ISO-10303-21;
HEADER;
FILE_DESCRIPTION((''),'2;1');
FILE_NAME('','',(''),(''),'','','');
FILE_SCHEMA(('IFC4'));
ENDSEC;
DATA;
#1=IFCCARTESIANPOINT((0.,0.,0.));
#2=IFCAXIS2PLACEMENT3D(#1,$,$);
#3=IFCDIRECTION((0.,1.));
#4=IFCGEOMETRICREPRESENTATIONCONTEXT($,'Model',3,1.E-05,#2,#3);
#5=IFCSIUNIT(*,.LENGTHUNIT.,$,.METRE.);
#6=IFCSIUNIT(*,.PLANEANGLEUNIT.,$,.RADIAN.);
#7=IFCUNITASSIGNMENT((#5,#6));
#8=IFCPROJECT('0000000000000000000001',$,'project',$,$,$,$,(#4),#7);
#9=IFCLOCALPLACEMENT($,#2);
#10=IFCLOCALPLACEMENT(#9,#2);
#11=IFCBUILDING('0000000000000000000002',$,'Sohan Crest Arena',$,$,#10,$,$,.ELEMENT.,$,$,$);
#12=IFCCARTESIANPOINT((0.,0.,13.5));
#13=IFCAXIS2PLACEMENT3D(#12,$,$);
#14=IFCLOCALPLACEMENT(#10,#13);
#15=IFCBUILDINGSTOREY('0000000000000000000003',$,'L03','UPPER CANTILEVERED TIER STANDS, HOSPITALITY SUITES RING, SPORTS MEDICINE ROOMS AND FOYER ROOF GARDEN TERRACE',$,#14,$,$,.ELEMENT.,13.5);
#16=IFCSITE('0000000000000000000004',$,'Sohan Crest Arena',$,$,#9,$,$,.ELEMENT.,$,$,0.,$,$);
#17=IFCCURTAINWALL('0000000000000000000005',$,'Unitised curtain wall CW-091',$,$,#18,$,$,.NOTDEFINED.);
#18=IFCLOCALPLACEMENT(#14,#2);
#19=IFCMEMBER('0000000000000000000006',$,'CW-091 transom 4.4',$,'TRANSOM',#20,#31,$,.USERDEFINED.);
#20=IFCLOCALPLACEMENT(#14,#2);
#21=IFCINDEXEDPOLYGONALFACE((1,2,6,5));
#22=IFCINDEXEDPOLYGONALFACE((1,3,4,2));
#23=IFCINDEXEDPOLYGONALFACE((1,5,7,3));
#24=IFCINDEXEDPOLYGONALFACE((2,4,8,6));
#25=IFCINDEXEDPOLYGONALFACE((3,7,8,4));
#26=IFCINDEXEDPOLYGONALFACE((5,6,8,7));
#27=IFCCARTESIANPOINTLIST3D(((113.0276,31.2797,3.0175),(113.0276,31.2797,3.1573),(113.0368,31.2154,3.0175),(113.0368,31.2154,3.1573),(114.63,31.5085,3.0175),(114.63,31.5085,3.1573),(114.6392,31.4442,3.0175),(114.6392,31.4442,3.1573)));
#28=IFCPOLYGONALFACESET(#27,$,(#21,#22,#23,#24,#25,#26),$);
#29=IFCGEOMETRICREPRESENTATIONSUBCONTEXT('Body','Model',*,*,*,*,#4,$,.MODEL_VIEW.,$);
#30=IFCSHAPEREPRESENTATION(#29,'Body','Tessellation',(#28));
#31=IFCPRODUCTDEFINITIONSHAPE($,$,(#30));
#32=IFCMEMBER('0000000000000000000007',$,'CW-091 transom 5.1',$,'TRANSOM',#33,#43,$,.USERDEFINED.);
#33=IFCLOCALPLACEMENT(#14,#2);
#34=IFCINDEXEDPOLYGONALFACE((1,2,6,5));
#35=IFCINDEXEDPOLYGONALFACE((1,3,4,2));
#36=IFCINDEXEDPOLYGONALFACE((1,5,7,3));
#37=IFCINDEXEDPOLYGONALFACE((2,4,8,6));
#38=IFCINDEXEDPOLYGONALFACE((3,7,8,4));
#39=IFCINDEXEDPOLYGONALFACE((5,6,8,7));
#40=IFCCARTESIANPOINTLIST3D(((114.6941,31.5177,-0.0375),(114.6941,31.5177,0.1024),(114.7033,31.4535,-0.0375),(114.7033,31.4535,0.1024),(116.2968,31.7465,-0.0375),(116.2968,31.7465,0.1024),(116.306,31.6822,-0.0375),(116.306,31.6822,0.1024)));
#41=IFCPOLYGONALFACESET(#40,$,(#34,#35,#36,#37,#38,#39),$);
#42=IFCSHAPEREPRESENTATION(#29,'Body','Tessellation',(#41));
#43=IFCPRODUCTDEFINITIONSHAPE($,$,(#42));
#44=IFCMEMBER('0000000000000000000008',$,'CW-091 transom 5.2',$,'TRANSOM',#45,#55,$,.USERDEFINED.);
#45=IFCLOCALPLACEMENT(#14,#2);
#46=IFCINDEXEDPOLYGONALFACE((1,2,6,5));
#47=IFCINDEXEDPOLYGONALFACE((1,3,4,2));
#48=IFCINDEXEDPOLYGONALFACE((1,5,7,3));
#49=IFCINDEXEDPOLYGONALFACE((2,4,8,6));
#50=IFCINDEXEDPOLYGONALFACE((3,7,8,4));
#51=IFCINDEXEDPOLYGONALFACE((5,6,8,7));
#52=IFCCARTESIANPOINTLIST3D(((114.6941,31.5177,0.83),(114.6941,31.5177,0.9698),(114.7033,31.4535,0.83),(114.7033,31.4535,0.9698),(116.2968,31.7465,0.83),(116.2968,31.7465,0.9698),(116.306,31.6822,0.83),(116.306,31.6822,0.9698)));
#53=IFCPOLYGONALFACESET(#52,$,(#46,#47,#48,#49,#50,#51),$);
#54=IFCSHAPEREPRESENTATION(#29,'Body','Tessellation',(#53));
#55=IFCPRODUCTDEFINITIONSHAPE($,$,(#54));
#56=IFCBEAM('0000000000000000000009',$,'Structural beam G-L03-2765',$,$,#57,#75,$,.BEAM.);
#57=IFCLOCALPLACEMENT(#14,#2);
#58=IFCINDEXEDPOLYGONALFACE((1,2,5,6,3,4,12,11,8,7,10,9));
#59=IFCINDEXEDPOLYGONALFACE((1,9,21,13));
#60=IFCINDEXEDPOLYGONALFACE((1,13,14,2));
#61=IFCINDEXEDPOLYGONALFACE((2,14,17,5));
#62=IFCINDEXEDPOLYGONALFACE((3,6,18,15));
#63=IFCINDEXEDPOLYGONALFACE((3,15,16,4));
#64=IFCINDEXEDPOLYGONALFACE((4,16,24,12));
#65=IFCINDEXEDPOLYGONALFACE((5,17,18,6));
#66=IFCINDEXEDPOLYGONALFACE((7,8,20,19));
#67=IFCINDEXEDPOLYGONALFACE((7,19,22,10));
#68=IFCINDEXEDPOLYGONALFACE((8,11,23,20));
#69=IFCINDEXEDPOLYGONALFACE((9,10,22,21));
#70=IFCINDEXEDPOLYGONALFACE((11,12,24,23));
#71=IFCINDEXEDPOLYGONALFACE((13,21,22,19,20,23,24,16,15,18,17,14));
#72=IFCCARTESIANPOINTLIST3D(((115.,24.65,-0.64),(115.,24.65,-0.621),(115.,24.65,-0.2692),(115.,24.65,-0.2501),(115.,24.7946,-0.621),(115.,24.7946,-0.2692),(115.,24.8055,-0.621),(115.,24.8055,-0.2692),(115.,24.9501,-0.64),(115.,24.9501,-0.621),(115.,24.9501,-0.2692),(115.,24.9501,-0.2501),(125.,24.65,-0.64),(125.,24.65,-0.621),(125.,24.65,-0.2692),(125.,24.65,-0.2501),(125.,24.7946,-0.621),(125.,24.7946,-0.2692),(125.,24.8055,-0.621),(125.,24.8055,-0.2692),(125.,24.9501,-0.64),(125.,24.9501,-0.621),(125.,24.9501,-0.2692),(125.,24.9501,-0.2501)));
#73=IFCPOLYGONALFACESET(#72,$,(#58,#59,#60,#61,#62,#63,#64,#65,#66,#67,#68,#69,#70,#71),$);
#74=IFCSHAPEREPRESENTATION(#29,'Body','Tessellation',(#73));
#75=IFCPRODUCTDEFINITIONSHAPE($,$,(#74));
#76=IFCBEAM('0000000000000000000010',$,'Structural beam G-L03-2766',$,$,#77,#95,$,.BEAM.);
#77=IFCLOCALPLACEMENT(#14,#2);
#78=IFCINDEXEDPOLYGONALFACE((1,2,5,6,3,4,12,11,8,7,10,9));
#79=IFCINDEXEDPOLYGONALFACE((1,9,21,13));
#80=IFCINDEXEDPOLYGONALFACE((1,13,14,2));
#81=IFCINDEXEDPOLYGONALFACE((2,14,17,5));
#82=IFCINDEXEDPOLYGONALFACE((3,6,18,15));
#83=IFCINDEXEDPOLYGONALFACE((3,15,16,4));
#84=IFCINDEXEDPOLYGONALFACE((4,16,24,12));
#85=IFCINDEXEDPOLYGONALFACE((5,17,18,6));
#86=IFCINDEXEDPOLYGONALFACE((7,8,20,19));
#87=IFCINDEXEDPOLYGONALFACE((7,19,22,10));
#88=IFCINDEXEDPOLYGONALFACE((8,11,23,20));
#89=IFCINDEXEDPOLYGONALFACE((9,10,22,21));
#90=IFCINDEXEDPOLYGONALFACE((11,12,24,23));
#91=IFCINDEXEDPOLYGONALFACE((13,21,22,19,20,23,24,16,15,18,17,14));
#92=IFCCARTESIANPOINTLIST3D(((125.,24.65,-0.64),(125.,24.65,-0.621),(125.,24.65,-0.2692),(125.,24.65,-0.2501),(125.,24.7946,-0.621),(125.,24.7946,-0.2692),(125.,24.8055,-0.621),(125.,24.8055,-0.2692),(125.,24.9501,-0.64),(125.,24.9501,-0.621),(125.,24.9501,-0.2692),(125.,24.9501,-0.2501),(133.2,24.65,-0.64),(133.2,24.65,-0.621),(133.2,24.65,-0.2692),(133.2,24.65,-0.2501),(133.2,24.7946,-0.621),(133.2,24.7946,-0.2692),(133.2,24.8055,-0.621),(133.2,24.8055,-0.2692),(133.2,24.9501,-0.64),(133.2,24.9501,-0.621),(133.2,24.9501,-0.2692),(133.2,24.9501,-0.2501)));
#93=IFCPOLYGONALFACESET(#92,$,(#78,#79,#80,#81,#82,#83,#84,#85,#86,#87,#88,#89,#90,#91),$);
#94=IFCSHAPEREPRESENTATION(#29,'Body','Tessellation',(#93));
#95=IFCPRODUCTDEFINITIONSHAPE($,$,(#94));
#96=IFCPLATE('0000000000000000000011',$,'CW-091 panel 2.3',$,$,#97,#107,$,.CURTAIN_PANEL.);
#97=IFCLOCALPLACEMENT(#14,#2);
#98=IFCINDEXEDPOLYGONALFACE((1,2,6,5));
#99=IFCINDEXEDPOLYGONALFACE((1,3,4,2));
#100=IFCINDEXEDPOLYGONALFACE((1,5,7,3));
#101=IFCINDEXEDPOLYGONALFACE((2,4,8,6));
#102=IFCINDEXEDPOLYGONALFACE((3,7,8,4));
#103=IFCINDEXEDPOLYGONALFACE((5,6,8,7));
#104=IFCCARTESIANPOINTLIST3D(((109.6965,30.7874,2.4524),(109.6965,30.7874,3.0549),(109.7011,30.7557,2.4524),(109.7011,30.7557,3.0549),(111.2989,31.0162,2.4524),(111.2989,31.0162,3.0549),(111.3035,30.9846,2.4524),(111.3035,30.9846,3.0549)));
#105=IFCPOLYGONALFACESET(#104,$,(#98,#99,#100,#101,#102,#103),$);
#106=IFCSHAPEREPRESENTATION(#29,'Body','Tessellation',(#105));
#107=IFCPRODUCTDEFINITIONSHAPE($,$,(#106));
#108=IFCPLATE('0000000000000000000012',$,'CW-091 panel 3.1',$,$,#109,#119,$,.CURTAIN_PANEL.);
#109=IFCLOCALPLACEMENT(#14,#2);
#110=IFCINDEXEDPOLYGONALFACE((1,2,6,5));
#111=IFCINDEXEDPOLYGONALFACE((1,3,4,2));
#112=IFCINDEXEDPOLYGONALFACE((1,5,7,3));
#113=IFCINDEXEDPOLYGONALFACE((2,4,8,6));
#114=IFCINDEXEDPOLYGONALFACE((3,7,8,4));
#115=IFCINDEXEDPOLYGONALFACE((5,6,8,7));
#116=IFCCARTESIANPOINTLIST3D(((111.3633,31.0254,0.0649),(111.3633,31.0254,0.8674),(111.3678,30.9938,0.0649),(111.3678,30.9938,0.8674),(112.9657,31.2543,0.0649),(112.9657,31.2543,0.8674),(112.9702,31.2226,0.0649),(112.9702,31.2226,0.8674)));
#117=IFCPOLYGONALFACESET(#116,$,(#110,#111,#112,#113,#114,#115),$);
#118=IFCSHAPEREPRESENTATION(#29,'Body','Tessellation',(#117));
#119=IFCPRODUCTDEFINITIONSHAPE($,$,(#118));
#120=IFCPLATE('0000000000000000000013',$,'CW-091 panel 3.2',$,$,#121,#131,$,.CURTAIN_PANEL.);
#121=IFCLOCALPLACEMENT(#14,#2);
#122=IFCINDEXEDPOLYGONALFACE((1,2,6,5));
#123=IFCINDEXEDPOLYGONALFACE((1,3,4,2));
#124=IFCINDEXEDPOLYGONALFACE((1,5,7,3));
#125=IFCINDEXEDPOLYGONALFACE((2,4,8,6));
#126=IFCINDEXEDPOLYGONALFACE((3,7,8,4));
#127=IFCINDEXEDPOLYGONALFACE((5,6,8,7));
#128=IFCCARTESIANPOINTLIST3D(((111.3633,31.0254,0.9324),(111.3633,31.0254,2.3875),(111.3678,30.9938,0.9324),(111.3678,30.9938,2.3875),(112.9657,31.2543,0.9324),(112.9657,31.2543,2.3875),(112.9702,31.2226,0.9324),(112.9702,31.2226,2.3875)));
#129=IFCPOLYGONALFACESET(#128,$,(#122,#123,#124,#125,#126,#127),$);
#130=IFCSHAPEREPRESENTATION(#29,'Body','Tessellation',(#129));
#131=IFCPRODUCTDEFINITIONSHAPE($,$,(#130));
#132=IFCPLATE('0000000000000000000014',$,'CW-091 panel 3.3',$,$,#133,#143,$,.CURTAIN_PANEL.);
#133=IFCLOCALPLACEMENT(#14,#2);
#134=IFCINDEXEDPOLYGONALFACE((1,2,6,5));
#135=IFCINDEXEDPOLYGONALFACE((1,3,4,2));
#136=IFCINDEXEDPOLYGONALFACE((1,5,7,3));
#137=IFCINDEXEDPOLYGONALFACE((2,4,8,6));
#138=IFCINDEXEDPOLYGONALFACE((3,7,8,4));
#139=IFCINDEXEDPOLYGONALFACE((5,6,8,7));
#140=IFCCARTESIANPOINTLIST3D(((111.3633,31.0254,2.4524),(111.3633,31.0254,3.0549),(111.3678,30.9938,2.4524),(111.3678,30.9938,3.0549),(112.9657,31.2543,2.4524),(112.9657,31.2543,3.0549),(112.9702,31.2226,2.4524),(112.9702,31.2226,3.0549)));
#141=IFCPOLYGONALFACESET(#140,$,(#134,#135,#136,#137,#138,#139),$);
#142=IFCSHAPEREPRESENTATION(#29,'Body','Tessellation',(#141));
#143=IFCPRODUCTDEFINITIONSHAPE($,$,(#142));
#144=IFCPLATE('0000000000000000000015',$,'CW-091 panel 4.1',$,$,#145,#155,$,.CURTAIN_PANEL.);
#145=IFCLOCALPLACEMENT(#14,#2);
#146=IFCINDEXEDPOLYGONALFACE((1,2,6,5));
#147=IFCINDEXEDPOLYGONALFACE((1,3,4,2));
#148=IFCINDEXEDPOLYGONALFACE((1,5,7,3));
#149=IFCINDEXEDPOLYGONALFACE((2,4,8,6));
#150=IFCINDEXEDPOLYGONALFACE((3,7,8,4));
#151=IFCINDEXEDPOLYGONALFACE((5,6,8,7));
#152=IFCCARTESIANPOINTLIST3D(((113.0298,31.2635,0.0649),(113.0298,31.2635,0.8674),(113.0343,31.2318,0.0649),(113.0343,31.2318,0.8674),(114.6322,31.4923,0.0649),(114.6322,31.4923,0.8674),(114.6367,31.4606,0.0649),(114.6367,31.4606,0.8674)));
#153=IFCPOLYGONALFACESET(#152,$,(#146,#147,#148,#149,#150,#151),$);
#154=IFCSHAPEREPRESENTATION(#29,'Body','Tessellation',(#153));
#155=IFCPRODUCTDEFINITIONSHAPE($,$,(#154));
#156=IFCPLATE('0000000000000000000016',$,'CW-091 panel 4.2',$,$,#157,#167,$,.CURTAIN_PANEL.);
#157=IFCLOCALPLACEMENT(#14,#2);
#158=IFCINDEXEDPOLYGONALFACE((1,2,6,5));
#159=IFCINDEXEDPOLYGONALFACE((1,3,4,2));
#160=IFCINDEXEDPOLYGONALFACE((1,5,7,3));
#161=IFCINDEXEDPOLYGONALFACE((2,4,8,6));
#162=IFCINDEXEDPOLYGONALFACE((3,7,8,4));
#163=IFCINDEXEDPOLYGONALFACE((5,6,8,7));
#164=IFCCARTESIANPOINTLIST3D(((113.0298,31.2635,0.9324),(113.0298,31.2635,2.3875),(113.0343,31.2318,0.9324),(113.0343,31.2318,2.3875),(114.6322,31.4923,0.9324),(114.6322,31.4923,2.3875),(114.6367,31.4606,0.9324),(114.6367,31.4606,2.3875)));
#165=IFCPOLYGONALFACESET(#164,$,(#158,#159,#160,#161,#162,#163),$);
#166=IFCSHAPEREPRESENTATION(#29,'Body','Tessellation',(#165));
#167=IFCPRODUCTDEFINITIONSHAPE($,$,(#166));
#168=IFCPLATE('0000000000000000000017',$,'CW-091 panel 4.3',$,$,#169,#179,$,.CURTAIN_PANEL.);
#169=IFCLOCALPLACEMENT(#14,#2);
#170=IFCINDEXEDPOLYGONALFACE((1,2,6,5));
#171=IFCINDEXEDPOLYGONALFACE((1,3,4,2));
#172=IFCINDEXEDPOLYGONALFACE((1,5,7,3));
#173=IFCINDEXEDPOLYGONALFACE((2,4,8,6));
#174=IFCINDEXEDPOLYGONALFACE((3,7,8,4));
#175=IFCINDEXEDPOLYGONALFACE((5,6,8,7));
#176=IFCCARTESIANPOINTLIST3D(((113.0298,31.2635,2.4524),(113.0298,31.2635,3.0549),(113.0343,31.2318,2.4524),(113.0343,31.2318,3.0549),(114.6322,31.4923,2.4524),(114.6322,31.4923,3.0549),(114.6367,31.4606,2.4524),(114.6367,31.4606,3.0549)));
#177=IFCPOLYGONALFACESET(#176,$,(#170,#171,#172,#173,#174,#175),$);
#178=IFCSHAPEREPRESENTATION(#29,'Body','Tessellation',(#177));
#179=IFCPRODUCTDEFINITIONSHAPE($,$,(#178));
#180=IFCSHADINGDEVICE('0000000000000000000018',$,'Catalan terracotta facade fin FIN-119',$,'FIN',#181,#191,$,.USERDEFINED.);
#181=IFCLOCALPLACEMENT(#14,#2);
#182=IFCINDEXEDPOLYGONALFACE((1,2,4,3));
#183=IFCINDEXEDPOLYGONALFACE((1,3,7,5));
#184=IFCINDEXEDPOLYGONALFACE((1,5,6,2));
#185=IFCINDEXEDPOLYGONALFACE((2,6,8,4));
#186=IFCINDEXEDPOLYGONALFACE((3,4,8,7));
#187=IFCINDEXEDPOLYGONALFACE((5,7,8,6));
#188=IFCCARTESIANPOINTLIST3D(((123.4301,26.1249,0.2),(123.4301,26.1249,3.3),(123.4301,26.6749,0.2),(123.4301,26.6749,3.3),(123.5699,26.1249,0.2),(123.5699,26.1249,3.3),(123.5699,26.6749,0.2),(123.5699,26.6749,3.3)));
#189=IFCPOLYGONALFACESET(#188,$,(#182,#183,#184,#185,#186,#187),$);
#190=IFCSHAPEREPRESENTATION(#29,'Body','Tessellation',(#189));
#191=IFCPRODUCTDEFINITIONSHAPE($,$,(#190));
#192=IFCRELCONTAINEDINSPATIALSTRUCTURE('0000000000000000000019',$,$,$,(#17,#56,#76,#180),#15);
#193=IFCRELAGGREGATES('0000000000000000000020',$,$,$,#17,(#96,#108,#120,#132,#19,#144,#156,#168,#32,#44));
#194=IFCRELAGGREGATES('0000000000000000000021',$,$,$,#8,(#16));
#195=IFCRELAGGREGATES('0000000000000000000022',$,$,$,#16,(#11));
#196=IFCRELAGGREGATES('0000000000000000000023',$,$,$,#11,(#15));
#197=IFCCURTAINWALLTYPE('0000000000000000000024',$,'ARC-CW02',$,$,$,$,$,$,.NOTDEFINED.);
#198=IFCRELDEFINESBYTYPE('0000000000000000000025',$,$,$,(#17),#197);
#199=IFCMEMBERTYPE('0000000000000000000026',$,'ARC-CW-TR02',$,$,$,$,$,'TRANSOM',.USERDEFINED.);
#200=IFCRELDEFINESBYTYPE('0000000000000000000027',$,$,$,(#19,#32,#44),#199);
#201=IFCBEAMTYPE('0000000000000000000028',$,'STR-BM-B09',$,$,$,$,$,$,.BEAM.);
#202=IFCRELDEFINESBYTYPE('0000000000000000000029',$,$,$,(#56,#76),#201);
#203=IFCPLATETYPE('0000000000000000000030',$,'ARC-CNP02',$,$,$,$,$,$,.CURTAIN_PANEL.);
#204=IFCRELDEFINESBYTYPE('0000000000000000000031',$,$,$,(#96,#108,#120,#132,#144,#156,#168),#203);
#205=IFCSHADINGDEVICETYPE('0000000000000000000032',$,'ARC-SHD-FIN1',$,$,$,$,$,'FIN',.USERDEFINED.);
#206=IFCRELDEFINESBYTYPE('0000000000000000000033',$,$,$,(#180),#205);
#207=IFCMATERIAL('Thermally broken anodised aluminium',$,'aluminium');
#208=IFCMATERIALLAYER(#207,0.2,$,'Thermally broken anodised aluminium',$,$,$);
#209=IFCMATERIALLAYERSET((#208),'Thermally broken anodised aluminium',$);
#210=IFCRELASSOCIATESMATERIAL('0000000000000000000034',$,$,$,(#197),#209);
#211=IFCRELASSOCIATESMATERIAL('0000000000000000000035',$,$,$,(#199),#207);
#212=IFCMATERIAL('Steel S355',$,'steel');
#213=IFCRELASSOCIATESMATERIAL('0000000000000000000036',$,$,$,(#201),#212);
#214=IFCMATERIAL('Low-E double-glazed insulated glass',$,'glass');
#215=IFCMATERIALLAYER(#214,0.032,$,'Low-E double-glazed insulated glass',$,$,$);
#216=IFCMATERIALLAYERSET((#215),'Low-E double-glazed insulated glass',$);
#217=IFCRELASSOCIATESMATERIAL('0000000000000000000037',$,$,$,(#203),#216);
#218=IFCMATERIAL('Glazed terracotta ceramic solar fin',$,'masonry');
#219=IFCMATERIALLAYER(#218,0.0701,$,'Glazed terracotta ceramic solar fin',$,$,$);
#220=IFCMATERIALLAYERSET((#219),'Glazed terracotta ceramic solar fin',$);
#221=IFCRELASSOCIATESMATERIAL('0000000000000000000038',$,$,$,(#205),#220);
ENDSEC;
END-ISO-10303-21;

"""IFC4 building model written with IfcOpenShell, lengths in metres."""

from ifc_helpers import new_model, si_unit, direction, frame, origin, origin_2d, place, context, subcontext, project, spatial, rectangle, i_section, extrude, material, layer, layer_set, material_profile, profile_set, type_object, element, aggregate, save


model = new_model("IFC4")

# Units and contexts
model_context = context("Model", 3, precision=1e-05, world=origin(), true_north=direction((0.0, 1.0)))
body_context = subcontext(model_context, "Body", "Model", "MODEL_VIEW")
ifc_project = project(units=[si_unit("LENGTHUNIT", "METRE"), si_unit("PLANEANGLEUNIT", "RADIAN")], contexts=[model_context])

# Site, building, storey
site_placement = place(None, origin())
site = spatial("IfcSite", under=ifc_project, at=site_placement, Name="Sohan Crest Arena", CompositionType="ELEMENT", RefElevation=0.0)
building_placement = place(site_placement, origin())
building = spatial("IfcBuilding", under=site, at=building_placement, Name="Sohan Crest Arena", CompositionType="ELEMENT")
storey_placement = place(building_placement, frame((0.0, 0.0, 13.5)))
storey = spatial("IfcBuildingStorey", under=building, at=storey_placement, Name="L03", Description="UPPER CANTILEVERED TIER STANDS, HOSPITALITY SUITES RING, SPORTS MEDICINE ROOMS AND FOYER ROOF GARDEN TERRACE", CompositionType="ELEMENT", Elevation=13.5)

# Shared definitions
ifc_material_1 = material(Name="Steel S355", Category="steel")

# Curtain wall, members
ifc_material_2 = material(Name="Thermally broken anodised aluminium", Category="aluminium")
ifc_layer_1 = layer(ifc_material_2, 0.2, Name="Thermally broken anodised aluminium")
ifc_layer_set_1 = layer_set([ifc_layer_1], Name="Thermally broken anodised aluminium")
curtain_wall_type = type_object("IfcCurtainWallType", Name="ARC-CW02", PredefinedType="NOTDEFINED", material=ifc_layer_set_1)
curtain_wall_placement = place(storey_placement, origin())
curtain_wall = element("IfcCurtainWall", 1, at=curtain_wall_placement, inside=storey, type_object=curtain_wall_type, Name="Unitised curtain wall CW-091", PredefinedType="NOTDEFINED")
ifc_material_profile_1 = material_profile(ifc_material_2, rectangle(XDim=0.0649, YDim=0.1399, at=origin_2d()), Name="ALU-TRAN 65x140")
ifc_profile_set_1 = profile_set([ifc_material_profile_1], Name="Thermally broken anodised aluminium")
member_type_1 = type_object("IfcMemberType", Name="ARC-CW-TR02", ElementType="TRANSOM", PredefinedType="USERDEFINED", material=ifc_profile_set_1)
member_1_placement = place(storey_placement, frame((113.0322, 31.2476, 3.0874), z_axis=(0.989962, 0.141337, 0.0), x_axis=(-0.141337, 0.989962, 0.0)))
member_1 = element("IfcMember", 2, at=member_1_placement, type_object=member_type_1, Name="CW-091 transom 4.4", ObjectType="TRANSOM", PredefinedType="USERDEFINED", context=body_context, shape_type="SweptSolid", body=[
    extrude(rectangle(XDim=0.0649, YDim=0.1399, at=origin_2d()), origin(), (0.0, 0.0, 1.0), 1.6187),
])
member_2_placement = place(storey_placement, frame((114.6987, 31.4856, 0.0325), z_axis=(0.989965, 0.141316, 0.0), x_axis=(-0.141316, 0.989965, 0.0)))
member_2 = element("IfcMember", 3, at=member_2_placement, type_object=member_type_1, Name="CW-091 transom 5.1", ObjectType="TRANSOM", PredefinedType="USERDEFINED", context=body_context, shape_type="SweptSolid", body=[
    extrude(rectangle(XDim=0.0649, YDim=0.1399, at=origin_2d()), origin(), (0.0, 0.0, 1.0), 1.6189),
])
member_3_placement = place(storey_placement, frame((114.6987, 31.4856, 0.8999), z_axis=(0.989965, 0.141316, 0.0), x_axis=(-0.141316, 0.989965, 0.0)))
member_3 = element("IfcMember", 4, at=member_3_placement, type_object=member_type_1, Name="CW-091 transom 5.2", ObjectType="TRANSOM", PredefinedType="USERDEFINED", context=body_context, shape_type="SweptSolid", body=[
    extrude(rectangle(XDim=0.0649, YDim=0.1399, at=origin_2d()), origin(), (0.0, 0.0, 1.0), 1.6189),
])

# Beams
ifc_material_profile_2 = material_profile(ifc_material_1, i_section(OverallWidth=0.3, OverallDepth=0.3899, WebThickness=0.011, FlangeThickness=0.019, at=origin_2d()), Name="HEA 400")
ifc_profile_set_2 = profile_set([ifc_material_profile_2], Name="Steel S355")
beam_type = type_object("IfcBeamType", Name="STR-BM-B09", PredefinedType="BEAM", material=ifc_profile_set_2)
beam_1_placement = place(storey_placement, frame((115.0, 24.8, -0.4451), z_axis=(1.0, 0.0, 0.0), x_axis=(0.0, 1.0, 0.0)))
element("IfcBeam", 5, at=beam_1_placement, inside=storey, type_object=beam_type, Name="Structural beam G-L03-2765", PredefinedType="BEAM", context=body_context, shape_type="SweptSolid", body=[
    extrude(i_section(OverallWidth=0.3, OverallDepth=0.3899, WebThickness=0.011, FlangeThickness=0.019, at=origin_2d()), origin(), (0.0, 0.0, 1.0), 10.0),
])
beam_2_placement = place(storey_placement, frame((125.0, 24.8, -0.4451), z_axis=(1.0, 0.0, 0.0), x_axis=(0.0, 1.0, 0.0)))
element("IfcBeam", 6, at=beam_2_placement, inside=storey, type_object=beam_type, Name="Structural beam G-L03-2766", PredefinedType="BEAM", context=body_context, shape_type="SweptSolid", body=[
    extrude(i_section(OverallWidth=0.3, OverallDepth=0.3899, WebThickness=0.011, FlangeThickness=0.019, at=origin_2d()), origin(), (0.0, 0.0, 1.0), 8.2),
])

# Plates
ifc_material_3 = material(Name="Low-E double-glazed insulated glass", Category="glass")
ifc_layer_2 = layer(ifc_material_3, 0.032, Name="Low-E double-glazed insulated glass")
ifc_layer_set_2 = layer_set([ifc_layer_2], Name="Low-E double-glazed insulated glass")
plate_type = type_object("IfcPlateType", Name="ARC-CNP02", PredefinedType="CURTAIN_PANEL", material=ifc_layer_set_2)
plate_1_placement = place(storey_placement, frame((110.5, 30.886, 2.4524), z_axis=(0.0, 0.0, 1.0), x_axis=(0.989957, 0.141366, 0.0)))
plate_1 = element("IfcPlate", 7, at=plate_1_placement, type_object=plate_type, Name="CW-091 panel 2.3", PredefinedType="CURTAIN_PANEL", context=body_context, shape_type="SweptSolid", body=[
    extrude(rectangle(XDim=1.6187, YDim=0.032, at=origin_2d()), origin(), (0.0, 0.0, 1.0), 0.6025),
])
plate_2_placement = place(storey_placement, frame((112.1667, 31.124, 0.0649), z_axis=(0.0, 0.0, 1.0), x_axis=(0.989957, 0.141366, 0.0)))
plate_2 = element("IfcPlate", 8, at=plate_2_placement, type_object=plate_type, Name="CW-091 panel 3.1", PredefinedType="CURTAIN_PANEL", context=body_context, shape_type="SweptSolid", body=[
    extrude(rectangle(XDim=1.6187, YDim=0.032, at=origin_2d()), origin(), (0.0, 0.0, 1.0), 0.8025),
])
plate_3_placement = place(storey_placement, frame((112.1667, 31.124, 0.9324), z_axis=(0.0, 0.0, 1.0), x_axis=(0.989957, 0.141366, 0.0)))
plate_3 = element("IfcPlate", 9, at=plate_3_placement, type_object=plate_type, Name="CW-091 panel 3.2", PredefinedType="CURTAIN_PANEL", context=body_context, shape_type="SweptSolid", body=[
    extrude(rectangle(XDim=1.6187, YDim=0.032, at=origin_2d()), origin(), (0.0, 0.0, 1.0), 1.4551),
])
plate_4_placement = place(storey_placement, frame((112.1667, 31.124, 2.4524), z_axis=(0.0, 0.0, 1.0), x_axis=(0.989957, 0.141366, 0.0)))
plate_4 = element("IfcPlate", 10, at=plate_4_placement, type_object=plate_type, Name="CW-091 panel 3.3", PredefinedType="CURTAIN_PANEL", context=body_context, shape_type="SweptSolid", body=[
    extrude(rectangle(XDim=1.6187, YDim=0.032, at=origin_2d()), origin(), (0.0, 0.0, 1.0), 0.6025),
])
plate_5_placement = place(storey_placement, frame((113.8333, 31.3621, 0.0649), z_axis=(0.0, 0.0, 1.0), x_axis=(0.989957, 0.141366, 0.0)))
plate_5 = element("IfcPlate", 11, at=plate_5_placement, type_object=plate_type, Name="CW-091 panel 4.1", PredefinedType="CURTAIN_PANEL", context=body_context, shape_type="SweptSolid", body=[
    extrude(rectangle(XDim=1.6187, YDim=0.032, at=origin_2d()), origin(), (0.0, 0.0, 1.0), 0.8025),
])
plate_6_placement = place(storey_placement, frame((113.8333, 31.3621, 0.9324), z_axis=(0.0, 0.0, 1.0), x_axis=(0.989957, 0.141366, 0.0)))
plate_6 = element("IfcPlate", 12, at=plate_6_placement, type_object=plate_type, Name="CW-091 panel 4.2", PredefinedType="CURTAIN_PANEL", context=body_context, shape_type="SweptSolid", body=[
    extrude(rectangle(XDim=1.6187, YDim=0.032, at=origin_2d()), origin(), (0.0, 0.0, 1.0), 1.4551),
])
plate_7_placement = place(storey_placement, frame((113.8333, 31.3621, 2.4524), z_axis=(0.0, 0.0, 1.0), x_axis=(0.989957, 0.141366, 0.0)))
plate_7 = element("IfcPlate", 13, at=plate_7_placement, type_object=plate_type, Name="CW-091 panel 4.3", PredefinedType="CURTAIN_PANEL", context=body_context, shape_type="SweptSolid", body=[
    extrude(rectangle(XDim=1.6187, YDim=0.032, at=origin_2d()), origin(), (0.0, 0.0, 1.0), 0.6025),
])
aggregate(curtain_wall, [plate_1, plate_2, plate_3, plate_4, member_1, plate_5, plate_6, plate_7, member_2, member_3])

# Shading device
ifc_material_4 = material(Name="Glazed terracotta ceramic solar fin", Category="masonry")
ifc_layer_3 = layer(ifc_material_4, 0.0701, Name="Glazed terracotta ceramic solar fin")
ifc_layer_set_3 = layer_set([ifc_layer_3], Name="Glazed terracotta ceramic solar fin")
shading_device_type = type_object("IfcShadingDeviceType", Name="ARC-SHD-FIN1", ElementType="FIN", PredefinedType="USERDEFINED", material=ifc_layer_set_3)
for number, where, z_axis, x_axis, name in (
    (14, (123.5, 26.3999, 0.2), (0.0, 0.0, 1.0), (-1.0, 0.0, 0.0), "Catalan terracotta facade fin FIN-119"),
):
    element("IfcShadingDevice", number, at=place(storey_placement, frame(where, z_axis=z_axis, x_axis=x_axis)), inside=storey, type_object=shading_device_type, Name=name, ObjectType="FIN", PredefinedType="USERDEFINED", context=body_context, shape_type="SweptSolid", body=[
        extrude(rectangle(XDim=0.1399, YDim=0.55, at=origin_2d()), origin(), (0.0, 0.0, 1.0), 3.1001),
    ])

save(model, "model.ifc")
